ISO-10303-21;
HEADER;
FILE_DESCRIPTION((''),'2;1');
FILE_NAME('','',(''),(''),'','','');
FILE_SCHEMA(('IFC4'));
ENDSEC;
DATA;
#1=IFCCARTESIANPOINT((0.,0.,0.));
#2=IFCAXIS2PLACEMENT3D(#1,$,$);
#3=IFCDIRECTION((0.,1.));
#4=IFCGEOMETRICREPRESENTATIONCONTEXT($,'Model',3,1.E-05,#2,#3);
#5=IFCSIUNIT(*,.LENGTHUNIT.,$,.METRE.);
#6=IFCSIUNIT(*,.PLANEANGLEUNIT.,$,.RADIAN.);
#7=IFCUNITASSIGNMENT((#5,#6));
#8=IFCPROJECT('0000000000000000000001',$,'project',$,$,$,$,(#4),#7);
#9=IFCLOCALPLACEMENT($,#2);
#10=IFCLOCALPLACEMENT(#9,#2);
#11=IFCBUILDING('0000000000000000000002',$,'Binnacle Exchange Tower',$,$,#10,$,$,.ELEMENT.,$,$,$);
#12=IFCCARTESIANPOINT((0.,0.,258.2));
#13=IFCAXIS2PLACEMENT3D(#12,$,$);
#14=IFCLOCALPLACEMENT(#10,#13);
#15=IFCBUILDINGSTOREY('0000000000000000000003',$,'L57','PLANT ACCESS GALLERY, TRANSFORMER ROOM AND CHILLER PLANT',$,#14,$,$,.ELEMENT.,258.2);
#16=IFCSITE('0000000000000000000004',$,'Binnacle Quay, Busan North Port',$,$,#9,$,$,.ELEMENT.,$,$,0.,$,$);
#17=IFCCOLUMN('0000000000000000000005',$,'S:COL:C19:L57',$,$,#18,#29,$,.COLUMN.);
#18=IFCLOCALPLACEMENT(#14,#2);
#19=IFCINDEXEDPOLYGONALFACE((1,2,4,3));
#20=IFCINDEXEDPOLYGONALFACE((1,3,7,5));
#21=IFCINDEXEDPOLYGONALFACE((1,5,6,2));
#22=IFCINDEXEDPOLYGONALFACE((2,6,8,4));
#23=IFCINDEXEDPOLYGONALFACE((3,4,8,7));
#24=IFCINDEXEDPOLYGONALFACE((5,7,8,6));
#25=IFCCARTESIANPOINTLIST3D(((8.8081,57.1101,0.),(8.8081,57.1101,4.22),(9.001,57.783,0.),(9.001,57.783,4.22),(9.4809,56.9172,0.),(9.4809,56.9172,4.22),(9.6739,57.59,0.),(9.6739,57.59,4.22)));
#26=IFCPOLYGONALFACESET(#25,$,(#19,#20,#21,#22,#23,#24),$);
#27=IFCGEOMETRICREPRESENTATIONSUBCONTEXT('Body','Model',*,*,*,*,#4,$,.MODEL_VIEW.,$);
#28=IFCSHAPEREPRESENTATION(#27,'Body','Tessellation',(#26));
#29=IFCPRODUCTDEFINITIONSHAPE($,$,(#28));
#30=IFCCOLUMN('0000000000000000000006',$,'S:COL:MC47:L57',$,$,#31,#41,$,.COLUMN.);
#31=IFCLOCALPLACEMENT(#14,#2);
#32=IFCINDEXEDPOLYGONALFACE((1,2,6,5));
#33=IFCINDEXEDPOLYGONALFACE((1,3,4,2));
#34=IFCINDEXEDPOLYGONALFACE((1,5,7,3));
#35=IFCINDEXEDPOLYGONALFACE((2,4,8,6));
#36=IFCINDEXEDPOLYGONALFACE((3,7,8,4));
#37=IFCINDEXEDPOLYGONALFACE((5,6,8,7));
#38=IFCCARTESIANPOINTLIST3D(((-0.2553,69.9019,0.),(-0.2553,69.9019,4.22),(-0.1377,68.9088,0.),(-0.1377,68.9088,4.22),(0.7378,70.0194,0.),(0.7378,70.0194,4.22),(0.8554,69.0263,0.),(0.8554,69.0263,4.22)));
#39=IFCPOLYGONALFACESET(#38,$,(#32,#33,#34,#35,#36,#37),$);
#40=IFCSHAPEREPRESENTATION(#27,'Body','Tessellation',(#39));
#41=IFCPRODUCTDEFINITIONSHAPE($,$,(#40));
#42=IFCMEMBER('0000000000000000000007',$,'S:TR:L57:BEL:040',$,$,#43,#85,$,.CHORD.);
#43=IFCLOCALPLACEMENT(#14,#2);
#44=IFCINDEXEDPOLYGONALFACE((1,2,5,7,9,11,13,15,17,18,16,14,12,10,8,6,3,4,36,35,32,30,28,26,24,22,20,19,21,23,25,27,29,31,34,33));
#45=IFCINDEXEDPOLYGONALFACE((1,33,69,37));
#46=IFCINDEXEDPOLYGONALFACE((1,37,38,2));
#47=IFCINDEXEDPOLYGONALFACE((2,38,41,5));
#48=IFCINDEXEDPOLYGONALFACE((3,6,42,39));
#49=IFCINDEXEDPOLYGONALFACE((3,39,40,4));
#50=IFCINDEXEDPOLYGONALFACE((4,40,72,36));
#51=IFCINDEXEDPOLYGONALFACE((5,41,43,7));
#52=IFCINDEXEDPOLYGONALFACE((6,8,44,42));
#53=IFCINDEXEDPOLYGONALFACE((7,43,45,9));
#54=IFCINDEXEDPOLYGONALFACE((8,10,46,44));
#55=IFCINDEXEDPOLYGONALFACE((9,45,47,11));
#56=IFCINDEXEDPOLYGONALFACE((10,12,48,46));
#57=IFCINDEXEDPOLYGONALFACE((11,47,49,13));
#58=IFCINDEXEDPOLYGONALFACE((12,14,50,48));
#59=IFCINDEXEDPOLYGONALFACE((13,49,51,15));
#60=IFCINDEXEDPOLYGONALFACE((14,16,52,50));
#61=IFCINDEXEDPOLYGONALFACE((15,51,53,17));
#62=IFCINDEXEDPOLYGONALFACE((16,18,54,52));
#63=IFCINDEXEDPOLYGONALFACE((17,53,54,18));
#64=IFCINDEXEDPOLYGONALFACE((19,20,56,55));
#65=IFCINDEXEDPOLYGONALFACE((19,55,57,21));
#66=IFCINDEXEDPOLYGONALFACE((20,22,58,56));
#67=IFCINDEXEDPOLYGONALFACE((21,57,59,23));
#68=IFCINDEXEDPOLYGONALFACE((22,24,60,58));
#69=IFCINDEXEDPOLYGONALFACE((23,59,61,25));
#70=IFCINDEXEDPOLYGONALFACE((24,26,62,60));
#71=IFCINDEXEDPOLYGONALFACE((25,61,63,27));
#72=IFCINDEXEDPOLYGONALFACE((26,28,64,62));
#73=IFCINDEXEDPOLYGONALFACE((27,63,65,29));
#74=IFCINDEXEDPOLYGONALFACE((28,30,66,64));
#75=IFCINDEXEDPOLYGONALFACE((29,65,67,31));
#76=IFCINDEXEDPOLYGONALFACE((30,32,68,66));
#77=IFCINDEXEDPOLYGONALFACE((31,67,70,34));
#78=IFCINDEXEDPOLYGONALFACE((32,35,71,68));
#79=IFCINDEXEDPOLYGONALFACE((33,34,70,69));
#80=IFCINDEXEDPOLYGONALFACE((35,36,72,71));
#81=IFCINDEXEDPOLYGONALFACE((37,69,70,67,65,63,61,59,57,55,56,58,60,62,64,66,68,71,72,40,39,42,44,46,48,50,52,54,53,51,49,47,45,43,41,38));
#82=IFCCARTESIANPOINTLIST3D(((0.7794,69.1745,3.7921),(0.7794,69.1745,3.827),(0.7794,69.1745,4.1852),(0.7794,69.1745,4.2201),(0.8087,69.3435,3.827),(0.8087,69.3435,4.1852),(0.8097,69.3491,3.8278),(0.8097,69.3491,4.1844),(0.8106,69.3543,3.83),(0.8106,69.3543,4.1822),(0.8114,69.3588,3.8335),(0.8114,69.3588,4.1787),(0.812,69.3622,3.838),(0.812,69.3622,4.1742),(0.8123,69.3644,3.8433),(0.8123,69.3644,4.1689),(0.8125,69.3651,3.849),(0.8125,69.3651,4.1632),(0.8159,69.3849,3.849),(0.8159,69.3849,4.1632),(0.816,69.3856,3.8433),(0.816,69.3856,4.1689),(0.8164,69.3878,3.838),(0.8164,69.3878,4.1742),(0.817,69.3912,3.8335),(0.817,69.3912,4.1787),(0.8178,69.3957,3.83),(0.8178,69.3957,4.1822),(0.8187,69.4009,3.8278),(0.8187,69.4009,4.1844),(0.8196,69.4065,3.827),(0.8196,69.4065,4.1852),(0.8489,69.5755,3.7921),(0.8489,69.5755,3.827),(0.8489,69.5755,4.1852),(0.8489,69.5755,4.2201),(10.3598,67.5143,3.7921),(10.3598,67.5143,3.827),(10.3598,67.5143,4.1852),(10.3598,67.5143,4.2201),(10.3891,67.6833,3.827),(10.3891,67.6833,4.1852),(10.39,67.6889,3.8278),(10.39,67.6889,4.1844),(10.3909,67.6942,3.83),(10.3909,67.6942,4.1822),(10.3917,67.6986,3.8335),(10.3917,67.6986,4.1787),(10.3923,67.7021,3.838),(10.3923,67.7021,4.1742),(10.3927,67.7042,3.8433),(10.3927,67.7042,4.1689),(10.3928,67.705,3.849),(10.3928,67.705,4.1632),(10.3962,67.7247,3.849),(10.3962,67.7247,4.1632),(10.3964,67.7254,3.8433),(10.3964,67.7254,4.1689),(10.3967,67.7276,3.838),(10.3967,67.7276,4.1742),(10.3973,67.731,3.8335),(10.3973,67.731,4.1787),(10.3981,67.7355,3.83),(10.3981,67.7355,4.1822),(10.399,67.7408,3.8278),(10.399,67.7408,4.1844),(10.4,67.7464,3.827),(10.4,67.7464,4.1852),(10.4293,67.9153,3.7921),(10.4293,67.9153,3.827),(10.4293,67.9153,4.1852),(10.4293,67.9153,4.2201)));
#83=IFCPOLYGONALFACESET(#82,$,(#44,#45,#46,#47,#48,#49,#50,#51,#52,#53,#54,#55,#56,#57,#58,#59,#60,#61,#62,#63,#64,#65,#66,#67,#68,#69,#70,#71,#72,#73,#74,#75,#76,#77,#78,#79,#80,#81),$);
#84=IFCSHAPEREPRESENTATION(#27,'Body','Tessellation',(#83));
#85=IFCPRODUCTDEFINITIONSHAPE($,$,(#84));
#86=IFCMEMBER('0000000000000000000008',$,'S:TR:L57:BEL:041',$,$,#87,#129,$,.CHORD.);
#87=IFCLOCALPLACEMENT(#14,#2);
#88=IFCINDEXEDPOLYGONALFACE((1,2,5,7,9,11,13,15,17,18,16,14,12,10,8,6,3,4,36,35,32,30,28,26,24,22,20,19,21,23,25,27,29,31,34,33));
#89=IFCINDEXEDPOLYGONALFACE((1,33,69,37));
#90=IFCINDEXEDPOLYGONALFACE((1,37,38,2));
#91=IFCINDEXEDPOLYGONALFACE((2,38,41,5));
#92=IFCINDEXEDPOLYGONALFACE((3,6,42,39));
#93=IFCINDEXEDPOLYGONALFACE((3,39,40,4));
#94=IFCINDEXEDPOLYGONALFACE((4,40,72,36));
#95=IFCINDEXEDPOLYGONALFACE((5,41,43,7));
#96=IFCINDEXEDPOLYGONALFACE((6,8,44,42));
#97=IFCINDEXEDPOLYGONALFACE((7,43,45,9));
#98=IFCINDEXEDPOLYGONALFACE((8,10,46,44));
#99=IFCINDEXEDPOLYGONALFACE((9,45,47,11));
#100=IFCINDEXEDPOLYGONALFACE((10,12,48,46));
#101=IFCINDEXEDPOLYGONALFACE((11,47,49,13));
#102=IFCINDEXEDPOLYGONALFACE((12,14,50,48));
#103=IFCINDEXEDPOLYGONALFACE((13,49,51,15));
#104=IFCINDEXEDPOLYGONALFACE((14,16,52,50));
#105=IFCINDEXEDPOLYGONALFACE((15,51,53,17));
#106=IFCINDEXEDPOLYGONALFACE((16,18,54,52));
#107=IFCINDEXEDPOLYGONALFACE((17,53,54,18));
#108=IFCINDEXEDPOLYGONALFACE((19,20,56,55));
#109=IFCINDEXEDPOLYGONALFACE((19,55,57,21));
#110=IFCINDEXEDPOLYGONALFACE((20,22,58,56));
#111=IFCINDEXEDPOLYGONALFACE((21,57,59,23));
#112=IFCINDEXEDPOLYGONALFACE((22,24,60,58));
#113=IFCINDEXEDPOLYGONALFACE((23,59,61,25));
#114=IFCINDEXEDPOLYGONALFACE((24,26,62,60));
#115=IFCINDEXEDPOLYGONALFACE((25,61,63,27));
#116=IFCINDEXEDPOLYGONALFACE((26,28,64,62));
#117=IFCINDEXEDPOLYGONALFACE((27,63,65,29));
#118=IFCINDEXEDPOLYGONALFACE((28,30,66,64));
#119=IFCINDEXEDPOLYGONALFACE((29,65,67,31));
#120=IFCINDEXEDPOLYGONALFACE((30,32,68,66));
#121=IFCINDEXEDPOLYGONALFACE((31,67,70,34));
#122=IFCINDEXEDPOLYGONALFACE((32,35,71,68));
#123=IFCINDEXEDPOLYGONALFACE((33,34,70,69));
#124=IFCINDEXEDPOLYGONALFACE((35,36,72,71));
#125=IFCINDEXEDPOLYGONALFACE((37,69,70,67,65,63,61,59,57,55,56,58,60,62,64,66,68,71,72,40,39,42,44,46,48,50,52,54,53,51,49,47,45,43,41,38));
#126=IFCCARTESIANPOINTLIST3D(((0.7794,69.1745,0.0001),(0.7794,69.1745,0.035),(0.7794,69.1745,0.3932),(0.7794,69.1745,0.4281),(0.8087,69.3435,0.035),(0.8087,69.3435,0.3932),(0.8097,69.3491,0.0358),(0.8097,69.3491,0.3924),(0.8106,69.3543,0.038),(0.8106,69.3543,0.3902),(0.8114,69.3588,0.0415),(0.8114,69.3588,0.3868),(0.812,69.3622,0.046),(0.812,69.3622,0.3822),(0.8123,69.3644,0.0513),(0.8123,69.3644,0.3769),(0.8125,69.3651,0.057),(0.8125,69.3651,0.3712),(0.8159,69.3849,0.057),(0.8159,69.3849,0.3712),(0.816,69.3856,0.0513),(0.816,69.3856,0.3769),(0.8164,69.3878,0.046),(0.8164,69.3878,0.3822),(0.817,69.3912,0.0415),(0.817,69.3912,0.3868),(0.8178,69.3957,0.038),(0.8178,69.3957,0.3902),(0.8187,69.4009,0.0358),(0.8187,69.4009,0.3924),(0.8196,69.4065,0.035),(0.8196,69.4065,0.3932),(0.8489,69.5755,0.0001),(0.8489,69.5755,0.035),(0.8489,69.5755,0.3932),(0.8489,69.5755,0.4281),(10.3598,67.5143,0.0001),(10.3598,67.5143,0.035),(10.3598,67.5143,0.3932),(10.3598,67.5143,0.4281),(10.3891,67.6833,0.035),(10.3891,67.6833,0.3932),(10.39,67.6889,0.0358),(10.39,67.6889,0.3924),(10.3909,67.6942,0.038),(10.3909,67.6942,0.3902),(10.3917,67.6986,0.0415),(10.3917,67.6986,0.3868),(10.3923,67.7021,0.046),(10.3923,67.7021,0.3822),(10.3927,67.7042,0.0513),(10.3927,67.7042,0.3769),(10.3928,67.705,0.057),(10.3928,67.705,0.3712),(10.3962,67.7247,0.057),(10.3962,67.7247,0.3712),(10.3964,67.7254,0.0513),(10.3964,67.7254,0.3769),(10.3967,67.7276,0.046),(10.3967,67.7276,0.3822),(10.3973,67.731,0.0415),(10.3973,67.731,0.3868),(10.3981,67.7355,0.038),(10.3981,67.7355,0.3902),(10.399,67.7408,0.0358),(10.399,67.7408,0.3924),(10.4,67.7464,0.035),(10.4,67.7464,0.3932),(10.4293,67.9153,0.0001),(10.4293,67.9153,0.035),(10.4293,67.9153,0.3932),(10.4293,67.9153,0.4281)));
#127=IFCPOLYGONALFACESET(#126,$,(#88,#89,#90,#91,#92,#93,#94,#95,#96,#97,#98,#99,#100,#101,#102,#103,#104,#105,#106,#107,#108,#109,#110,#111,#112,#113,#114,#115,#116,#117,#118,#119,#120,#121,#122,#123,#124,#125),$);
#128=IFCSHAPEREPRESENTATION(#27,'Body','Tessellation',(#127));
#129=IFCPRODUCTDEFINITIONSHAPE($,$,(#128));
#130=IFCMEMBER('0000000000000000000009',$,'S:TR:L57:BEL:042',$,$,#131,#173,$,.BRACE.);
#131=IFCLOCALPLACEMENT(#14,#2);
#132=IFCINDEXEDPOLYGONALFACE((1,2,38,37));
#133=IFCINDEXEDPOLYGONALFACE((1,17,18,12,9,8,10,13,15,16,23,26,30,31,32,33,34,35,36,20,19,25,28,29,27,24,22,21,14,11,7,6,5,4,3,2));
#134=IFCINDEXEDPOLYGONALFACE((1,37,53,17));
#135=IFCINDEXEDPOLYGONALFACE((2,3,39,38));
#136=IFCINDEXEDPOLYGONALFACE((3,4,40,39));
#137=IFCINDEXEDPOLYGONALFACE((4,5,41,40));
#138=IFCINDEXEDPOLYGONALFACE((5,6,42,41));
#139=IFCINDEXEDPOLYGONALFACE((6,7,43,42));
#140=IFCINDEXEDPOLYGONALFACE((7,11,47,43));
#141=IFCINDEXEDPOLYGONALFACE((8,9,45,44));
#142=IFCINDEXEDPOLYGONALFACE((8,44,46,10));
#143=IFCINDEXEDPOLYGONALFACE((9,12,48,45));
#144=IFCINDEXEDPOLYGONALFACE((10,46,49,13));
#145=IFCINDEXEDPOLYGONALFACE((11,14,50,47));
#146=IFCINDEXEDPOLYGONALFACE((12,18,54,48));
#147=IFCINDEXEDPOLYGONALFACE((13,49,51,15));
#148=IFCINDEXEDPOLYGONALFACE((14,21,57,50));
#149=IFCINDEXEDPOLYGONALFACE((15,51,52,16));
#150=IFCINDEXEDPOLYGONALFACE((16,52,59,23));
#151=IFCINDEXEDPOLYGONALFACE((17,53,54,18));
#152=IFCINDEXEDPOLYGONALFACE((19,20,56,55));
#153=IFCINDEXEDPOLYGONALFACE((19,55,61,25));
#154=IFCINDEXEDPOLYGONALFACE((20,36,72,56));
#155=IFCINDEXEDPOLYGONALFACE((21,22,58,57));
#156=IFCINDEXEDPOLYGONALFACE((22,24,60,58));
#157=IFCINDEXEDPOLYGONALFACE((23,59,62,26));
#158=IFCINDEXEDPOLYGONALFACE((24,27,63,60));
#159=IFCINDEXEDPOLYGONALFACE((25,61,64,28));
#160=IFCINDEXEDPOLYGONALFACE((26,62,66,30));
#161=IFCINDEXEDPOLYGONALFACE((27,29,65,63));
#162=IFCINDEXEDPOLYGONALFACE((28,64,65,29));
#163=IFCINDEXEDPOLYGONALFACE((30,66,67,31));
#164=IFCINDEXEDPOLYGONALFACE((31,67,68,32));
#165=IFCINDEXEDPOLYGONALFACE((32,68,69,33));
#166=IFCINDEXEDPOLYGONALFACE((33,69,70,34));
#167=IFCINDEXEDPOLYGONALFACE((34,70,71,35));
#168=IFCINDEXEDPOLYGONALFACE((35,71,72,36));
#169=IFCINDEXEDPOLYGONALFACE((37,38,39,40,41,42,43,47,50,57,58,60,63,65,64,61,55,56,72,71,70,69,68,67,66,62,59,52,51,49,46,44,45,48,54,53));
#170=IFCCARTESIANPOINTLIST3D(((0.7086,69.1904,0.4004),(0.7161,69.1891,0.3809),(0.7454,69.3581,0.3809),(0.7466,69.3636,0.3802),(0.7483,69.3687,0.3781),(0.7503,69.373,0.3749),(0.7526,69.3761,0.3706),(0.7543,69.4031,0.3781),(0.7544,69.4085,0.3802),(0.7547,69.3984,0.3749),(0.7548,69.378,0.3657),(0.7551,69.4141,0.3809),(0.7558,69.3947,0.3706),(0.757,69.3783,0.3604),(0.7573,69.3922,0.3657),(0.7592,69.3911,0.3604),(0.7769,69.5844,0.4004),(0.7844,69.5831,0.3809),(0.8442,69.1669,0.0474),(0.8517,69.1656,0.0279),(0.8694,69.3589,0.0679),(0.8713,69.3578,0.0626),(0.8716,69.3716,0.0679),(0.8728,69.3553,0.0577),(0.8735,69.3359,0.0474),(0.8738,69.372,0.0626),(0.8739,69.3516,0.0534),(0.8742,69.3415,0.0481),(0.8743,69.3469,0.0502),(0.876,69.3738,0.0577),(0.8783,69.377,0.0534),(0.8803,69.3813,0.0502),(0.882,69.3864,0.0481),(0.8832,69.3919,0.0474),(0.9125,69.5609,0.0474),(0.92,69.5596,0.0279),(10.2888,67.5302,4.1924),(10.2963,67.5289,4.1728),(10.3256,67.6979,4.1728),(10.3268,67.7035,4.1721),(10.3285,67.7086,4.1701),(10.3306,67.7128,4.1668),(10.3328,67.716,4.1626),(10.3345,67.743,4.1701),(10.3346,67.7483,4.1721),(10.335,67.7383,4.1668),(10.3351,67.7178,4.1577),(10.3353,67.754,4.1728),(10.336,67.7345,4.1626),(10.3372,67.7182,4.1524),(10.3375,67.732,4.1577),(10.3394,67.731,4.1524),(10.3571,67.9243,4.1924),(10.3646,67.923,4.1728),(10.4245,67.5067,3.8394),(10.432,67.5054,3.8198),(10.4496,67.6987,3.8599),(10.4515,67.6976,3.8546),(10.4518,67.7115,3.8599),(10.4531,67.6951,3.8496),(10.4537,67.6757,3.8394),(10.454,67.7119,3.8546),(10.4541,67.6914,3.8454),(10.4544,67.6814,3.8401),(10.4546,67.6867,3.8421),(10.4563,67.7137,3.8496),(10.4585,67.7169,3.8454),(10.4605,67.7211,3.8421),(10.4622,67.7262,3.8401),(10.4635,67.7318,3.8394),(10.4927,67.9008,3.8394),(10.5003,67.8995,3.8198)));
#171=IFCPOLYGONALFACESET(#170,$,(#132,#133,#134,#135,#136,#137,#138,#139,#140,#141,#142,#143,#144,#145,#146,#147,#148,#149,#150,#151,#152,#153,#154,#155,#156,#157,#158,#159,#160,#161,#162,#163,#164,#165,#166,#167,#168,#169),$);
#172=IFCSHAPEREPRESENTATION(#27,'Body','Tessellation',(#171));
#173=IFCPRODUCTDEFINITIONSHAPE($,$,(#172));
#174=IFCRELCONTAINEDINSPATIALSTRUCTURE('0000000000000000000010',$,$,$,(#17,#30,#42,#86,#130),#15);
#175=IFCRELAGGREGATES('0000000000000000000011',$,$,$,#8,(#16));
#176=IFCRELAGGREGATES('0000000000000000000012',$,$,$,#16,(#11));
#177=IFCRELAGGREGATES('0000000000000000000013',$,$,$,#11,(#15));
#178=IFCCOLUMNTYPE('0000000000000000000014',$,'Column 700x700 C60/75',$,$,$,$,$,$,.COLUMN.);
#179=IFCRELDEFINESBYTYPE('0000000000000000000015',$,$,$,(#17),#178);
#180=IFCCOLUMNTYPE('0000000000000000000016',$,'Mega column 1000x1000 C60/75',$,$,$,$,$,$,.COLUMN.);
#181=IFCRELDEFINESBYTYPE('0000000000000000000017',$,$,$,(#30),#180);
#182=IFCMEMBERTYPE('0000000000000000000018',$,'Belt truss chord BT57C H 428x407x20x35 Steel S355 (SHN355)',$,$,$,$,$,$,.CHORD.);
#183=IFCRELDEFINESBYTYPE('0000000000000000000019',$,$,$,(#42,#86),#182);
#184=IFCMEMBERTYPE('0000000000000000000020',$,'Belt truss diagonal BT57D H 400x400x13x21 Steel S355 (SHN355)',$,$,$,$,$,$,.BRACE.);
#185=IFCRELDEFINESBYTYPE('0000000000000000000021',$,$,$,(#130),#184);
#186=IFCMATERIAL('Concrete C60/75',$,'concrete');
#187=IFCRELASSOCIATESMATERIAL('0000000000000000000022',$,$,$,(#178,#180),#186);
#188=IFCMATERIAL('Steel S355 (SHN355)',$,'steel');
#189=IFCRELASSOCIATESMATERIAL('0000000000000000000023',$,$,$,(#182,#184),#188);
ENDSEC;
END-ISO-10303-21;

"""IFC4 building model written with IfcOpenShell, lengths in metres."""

from ifc_helpers import new_model, si_unit, direction, frame, origin, origin_2d, place, context, subcontext, project, spatial, rectangle, i_section, extrude, material, material_profile, profile_set, type_object, element, save


model = new_model("IFC4")

# Units and contexts
model_context = context("Model", 3, precision=1e-05, world=origin(), true_north=direction((0.0, 1.0)))
body_context = subcontext(model_context, "Body", "Model", "MODEL_VIEW")
ifc_project = project(units=[si_unit("LENGTHUNIT", "METRE"), si_unit("PLANEANGLEUNIT", "RADIAN")], contexts=[model_context])

# Site, building, storey
site_placement = place(None, origin())
site = spatial("IfcSite", under=ifc_project, at=site_placement, Name="Binnacle Quay, Busan North Port", CompositionType="ELEMENT", RefElevation=0.0)
building_placement = place(site_placement, origin())
building = spatial("IfcBuilding", under=site, at=building_placement, Name="Binnacle Exchange Tower", CompositionType="ELEMENT")
storey_placement = place(building_placement, frame((0.0, 0.0, 258.2)))
storey = spatial("IfcBuildingStorey", under=building, at=storey_placement, Name="L57", Description="PLANT ACCESS GALLERY, TRANSFORMER ROOM AND CHILLER PLANT", CompositionType="ELEMENT", Elevation=258.2)

# Columns
ifc_material_1 = material(Name="Concrete C60/75", Category="concrete")
ifc_material_profile_1 = material_profile(ifc_material_1, rectangle(XDim=0.7, YDim=0.7, at=origin_2d()), Name="Column 700x700 C60/75")
ifc_profile_set_1 = profile_set([ifc_material_profile_1], Name="Concrete C60/75")
column_type_1 = type_object("IfcColumnType", Name="Column 700x700 C60/75", PredefinedType="COLUMN", material=ifc_profile_set_1)
column_1_placement = place(storey_placement, frame((9.241, 57.3501, 0.0), z_axis=(0.0, 0.0, 1.0), x_axis=(0.961262, -0.275637, 0.0)))
element("IfcColumn", 1, at=column_1_placement, inside=storey, type_object=column_type_1, Name="S:COL:C19:L57", PredefinedType="COLUMN", context=body_context, shape_type="SweptSolid", body=[
    extrude(rectangle(XDim=0.7, YDim=0.7, at=origin_2d()), origin(), (0.0, 0.0, 1.0), 4.22),
])
ifc_material_profile_2 = material_profile(ifc_material_1, rectangle(XDim=1.0, YDim=1.0, at=origin_2d()), Name="Mega column 1000x1000 C60/75")
ifc_profile_set_2 = profile_set([ifc_material_profile_2], Name="Concrete C60/75")
column_type_2 = type_object("IfcColumnType", Name="Mega column 1000x1000 C60/75", PredefinedType="COLUMN", material=ifc_profile_set_2)
column_2_placement = place(storey_placement, frame((0.3, 69.4641, 0.0), z_axis=(0.0, 0.0, 1.0), x_axis=(-0.993068, -0.117537, 0.0)))
element("IfcColumn", 2, at=column_2_placement, inside=storey, type_object=column_type_2, Name="S:COL:MC47:L57", PredefinedType="COLUMN", context=body_context, shape_type="SweptSolid", body=[
    extrude(rectangle(XDim=1.0, YDim=1.0, at=origin_2d()), origin(), (0.0, 0.0, 1.0), 4.22),
])

# Members
ifc_material_2 = material(Name="Steel S355 (SHN355)", Category="steel")
ifc_material_profile_3 = material_profile(ifc_material_2, i_section(OverallWidth=0.407, OverallDepth=0.428, WebThickness=0.02, FlangeThickness=0.0349, FilletRadius=0.022, at=origin_2d()), Name="H 428x407x20x35")
ifc_profile_set_3 = profile_set([ifc_material_profile_3], Name="Steel S355 (SHN355)")
member_type_1 = type_object("IfcMemberType", Name="Belt truss chord BT57C H 428x407x20x35 Steel S355 (SHN355)", PredefinedType="CHORD", material=ifc_profile_set_3)
for number, where, z_axis, x_axis, name in (
    (3, (10.3945, 67.7148, 4.0061), (-0.985316, 0.170743, 0.0), (-0.170743, -0.985316, 0.0), "S:TR:L57:BEL:040"),
    (4, (10.3945, 67.7148, 0.2141), (-0.985316, 0.170743, 0.0), (-0.170743, -0.985316, 0.0), "S:TR:L57:BEL:041"),
):
    element("IfcMember", number, at=place(storey_placement, frame(where, z_axis=z_axis, x_axis=x_axis)), inside=storey, type_object=member_type_1, Name=name, PredefinedType="CHORD", context=body_context, shape_type="SweptSolid", body=[
        extrude(i_section(OverallWidth=0.407, OverallDepth=0.428, WebThickness=0.02, FlangeThickness=0.0349, FilletRadius=0.022, at=origin_2d()), origin(), (0.0, 0.0, 1.0), 9.7231),
    ])
ifc_material_profile_4 = material_profile(ifc_material_2, i_section(OverallWidth=0.3999, OverallDepth=0.3999, WebThickness=0.0129, FlangeThickness=0.021, FilletRadius=0.022, at=origin_2d()), Name="H 400x400x13x21")
ifc_profile_set_4 = profile_set([ifc_material_profile_4], Name="Steel S355 (SHN355)")
member_type_2 = type_object("IfcMemberType", Name="Belt truss diagonal BT57D H 400x400x13x21 Steel S355 (SHN355)", PredefinedType="BRACE", material=ifc_profile_set_4)
member_1_placement = place(storey_placement, frame((10.3945, 67.7148, 4.0061), z_axis=(-0.917974, 0.159074, -0.363344), x_axis=(-0.170743, -0.985316, 0.0)))
element("IfcMember", 5, at=member_1_placement, inside=storey, type_object=member_type_2, Name="S:TR:L57:BEL:042", PredefinedType="BRACE", context=body_context, shape_type="SweptSolid", body=[
    extrude(i_section(OverallWidth=0.3999, OverallDepth=0.3999, WebThickness=0.0129, FlangeThickness=0.021, FilletRadius=0.022, at=origin_2d()), origin(), (0.0, 0.0, 1.0), 10.4363),
])

save(model, "model.ifc")
